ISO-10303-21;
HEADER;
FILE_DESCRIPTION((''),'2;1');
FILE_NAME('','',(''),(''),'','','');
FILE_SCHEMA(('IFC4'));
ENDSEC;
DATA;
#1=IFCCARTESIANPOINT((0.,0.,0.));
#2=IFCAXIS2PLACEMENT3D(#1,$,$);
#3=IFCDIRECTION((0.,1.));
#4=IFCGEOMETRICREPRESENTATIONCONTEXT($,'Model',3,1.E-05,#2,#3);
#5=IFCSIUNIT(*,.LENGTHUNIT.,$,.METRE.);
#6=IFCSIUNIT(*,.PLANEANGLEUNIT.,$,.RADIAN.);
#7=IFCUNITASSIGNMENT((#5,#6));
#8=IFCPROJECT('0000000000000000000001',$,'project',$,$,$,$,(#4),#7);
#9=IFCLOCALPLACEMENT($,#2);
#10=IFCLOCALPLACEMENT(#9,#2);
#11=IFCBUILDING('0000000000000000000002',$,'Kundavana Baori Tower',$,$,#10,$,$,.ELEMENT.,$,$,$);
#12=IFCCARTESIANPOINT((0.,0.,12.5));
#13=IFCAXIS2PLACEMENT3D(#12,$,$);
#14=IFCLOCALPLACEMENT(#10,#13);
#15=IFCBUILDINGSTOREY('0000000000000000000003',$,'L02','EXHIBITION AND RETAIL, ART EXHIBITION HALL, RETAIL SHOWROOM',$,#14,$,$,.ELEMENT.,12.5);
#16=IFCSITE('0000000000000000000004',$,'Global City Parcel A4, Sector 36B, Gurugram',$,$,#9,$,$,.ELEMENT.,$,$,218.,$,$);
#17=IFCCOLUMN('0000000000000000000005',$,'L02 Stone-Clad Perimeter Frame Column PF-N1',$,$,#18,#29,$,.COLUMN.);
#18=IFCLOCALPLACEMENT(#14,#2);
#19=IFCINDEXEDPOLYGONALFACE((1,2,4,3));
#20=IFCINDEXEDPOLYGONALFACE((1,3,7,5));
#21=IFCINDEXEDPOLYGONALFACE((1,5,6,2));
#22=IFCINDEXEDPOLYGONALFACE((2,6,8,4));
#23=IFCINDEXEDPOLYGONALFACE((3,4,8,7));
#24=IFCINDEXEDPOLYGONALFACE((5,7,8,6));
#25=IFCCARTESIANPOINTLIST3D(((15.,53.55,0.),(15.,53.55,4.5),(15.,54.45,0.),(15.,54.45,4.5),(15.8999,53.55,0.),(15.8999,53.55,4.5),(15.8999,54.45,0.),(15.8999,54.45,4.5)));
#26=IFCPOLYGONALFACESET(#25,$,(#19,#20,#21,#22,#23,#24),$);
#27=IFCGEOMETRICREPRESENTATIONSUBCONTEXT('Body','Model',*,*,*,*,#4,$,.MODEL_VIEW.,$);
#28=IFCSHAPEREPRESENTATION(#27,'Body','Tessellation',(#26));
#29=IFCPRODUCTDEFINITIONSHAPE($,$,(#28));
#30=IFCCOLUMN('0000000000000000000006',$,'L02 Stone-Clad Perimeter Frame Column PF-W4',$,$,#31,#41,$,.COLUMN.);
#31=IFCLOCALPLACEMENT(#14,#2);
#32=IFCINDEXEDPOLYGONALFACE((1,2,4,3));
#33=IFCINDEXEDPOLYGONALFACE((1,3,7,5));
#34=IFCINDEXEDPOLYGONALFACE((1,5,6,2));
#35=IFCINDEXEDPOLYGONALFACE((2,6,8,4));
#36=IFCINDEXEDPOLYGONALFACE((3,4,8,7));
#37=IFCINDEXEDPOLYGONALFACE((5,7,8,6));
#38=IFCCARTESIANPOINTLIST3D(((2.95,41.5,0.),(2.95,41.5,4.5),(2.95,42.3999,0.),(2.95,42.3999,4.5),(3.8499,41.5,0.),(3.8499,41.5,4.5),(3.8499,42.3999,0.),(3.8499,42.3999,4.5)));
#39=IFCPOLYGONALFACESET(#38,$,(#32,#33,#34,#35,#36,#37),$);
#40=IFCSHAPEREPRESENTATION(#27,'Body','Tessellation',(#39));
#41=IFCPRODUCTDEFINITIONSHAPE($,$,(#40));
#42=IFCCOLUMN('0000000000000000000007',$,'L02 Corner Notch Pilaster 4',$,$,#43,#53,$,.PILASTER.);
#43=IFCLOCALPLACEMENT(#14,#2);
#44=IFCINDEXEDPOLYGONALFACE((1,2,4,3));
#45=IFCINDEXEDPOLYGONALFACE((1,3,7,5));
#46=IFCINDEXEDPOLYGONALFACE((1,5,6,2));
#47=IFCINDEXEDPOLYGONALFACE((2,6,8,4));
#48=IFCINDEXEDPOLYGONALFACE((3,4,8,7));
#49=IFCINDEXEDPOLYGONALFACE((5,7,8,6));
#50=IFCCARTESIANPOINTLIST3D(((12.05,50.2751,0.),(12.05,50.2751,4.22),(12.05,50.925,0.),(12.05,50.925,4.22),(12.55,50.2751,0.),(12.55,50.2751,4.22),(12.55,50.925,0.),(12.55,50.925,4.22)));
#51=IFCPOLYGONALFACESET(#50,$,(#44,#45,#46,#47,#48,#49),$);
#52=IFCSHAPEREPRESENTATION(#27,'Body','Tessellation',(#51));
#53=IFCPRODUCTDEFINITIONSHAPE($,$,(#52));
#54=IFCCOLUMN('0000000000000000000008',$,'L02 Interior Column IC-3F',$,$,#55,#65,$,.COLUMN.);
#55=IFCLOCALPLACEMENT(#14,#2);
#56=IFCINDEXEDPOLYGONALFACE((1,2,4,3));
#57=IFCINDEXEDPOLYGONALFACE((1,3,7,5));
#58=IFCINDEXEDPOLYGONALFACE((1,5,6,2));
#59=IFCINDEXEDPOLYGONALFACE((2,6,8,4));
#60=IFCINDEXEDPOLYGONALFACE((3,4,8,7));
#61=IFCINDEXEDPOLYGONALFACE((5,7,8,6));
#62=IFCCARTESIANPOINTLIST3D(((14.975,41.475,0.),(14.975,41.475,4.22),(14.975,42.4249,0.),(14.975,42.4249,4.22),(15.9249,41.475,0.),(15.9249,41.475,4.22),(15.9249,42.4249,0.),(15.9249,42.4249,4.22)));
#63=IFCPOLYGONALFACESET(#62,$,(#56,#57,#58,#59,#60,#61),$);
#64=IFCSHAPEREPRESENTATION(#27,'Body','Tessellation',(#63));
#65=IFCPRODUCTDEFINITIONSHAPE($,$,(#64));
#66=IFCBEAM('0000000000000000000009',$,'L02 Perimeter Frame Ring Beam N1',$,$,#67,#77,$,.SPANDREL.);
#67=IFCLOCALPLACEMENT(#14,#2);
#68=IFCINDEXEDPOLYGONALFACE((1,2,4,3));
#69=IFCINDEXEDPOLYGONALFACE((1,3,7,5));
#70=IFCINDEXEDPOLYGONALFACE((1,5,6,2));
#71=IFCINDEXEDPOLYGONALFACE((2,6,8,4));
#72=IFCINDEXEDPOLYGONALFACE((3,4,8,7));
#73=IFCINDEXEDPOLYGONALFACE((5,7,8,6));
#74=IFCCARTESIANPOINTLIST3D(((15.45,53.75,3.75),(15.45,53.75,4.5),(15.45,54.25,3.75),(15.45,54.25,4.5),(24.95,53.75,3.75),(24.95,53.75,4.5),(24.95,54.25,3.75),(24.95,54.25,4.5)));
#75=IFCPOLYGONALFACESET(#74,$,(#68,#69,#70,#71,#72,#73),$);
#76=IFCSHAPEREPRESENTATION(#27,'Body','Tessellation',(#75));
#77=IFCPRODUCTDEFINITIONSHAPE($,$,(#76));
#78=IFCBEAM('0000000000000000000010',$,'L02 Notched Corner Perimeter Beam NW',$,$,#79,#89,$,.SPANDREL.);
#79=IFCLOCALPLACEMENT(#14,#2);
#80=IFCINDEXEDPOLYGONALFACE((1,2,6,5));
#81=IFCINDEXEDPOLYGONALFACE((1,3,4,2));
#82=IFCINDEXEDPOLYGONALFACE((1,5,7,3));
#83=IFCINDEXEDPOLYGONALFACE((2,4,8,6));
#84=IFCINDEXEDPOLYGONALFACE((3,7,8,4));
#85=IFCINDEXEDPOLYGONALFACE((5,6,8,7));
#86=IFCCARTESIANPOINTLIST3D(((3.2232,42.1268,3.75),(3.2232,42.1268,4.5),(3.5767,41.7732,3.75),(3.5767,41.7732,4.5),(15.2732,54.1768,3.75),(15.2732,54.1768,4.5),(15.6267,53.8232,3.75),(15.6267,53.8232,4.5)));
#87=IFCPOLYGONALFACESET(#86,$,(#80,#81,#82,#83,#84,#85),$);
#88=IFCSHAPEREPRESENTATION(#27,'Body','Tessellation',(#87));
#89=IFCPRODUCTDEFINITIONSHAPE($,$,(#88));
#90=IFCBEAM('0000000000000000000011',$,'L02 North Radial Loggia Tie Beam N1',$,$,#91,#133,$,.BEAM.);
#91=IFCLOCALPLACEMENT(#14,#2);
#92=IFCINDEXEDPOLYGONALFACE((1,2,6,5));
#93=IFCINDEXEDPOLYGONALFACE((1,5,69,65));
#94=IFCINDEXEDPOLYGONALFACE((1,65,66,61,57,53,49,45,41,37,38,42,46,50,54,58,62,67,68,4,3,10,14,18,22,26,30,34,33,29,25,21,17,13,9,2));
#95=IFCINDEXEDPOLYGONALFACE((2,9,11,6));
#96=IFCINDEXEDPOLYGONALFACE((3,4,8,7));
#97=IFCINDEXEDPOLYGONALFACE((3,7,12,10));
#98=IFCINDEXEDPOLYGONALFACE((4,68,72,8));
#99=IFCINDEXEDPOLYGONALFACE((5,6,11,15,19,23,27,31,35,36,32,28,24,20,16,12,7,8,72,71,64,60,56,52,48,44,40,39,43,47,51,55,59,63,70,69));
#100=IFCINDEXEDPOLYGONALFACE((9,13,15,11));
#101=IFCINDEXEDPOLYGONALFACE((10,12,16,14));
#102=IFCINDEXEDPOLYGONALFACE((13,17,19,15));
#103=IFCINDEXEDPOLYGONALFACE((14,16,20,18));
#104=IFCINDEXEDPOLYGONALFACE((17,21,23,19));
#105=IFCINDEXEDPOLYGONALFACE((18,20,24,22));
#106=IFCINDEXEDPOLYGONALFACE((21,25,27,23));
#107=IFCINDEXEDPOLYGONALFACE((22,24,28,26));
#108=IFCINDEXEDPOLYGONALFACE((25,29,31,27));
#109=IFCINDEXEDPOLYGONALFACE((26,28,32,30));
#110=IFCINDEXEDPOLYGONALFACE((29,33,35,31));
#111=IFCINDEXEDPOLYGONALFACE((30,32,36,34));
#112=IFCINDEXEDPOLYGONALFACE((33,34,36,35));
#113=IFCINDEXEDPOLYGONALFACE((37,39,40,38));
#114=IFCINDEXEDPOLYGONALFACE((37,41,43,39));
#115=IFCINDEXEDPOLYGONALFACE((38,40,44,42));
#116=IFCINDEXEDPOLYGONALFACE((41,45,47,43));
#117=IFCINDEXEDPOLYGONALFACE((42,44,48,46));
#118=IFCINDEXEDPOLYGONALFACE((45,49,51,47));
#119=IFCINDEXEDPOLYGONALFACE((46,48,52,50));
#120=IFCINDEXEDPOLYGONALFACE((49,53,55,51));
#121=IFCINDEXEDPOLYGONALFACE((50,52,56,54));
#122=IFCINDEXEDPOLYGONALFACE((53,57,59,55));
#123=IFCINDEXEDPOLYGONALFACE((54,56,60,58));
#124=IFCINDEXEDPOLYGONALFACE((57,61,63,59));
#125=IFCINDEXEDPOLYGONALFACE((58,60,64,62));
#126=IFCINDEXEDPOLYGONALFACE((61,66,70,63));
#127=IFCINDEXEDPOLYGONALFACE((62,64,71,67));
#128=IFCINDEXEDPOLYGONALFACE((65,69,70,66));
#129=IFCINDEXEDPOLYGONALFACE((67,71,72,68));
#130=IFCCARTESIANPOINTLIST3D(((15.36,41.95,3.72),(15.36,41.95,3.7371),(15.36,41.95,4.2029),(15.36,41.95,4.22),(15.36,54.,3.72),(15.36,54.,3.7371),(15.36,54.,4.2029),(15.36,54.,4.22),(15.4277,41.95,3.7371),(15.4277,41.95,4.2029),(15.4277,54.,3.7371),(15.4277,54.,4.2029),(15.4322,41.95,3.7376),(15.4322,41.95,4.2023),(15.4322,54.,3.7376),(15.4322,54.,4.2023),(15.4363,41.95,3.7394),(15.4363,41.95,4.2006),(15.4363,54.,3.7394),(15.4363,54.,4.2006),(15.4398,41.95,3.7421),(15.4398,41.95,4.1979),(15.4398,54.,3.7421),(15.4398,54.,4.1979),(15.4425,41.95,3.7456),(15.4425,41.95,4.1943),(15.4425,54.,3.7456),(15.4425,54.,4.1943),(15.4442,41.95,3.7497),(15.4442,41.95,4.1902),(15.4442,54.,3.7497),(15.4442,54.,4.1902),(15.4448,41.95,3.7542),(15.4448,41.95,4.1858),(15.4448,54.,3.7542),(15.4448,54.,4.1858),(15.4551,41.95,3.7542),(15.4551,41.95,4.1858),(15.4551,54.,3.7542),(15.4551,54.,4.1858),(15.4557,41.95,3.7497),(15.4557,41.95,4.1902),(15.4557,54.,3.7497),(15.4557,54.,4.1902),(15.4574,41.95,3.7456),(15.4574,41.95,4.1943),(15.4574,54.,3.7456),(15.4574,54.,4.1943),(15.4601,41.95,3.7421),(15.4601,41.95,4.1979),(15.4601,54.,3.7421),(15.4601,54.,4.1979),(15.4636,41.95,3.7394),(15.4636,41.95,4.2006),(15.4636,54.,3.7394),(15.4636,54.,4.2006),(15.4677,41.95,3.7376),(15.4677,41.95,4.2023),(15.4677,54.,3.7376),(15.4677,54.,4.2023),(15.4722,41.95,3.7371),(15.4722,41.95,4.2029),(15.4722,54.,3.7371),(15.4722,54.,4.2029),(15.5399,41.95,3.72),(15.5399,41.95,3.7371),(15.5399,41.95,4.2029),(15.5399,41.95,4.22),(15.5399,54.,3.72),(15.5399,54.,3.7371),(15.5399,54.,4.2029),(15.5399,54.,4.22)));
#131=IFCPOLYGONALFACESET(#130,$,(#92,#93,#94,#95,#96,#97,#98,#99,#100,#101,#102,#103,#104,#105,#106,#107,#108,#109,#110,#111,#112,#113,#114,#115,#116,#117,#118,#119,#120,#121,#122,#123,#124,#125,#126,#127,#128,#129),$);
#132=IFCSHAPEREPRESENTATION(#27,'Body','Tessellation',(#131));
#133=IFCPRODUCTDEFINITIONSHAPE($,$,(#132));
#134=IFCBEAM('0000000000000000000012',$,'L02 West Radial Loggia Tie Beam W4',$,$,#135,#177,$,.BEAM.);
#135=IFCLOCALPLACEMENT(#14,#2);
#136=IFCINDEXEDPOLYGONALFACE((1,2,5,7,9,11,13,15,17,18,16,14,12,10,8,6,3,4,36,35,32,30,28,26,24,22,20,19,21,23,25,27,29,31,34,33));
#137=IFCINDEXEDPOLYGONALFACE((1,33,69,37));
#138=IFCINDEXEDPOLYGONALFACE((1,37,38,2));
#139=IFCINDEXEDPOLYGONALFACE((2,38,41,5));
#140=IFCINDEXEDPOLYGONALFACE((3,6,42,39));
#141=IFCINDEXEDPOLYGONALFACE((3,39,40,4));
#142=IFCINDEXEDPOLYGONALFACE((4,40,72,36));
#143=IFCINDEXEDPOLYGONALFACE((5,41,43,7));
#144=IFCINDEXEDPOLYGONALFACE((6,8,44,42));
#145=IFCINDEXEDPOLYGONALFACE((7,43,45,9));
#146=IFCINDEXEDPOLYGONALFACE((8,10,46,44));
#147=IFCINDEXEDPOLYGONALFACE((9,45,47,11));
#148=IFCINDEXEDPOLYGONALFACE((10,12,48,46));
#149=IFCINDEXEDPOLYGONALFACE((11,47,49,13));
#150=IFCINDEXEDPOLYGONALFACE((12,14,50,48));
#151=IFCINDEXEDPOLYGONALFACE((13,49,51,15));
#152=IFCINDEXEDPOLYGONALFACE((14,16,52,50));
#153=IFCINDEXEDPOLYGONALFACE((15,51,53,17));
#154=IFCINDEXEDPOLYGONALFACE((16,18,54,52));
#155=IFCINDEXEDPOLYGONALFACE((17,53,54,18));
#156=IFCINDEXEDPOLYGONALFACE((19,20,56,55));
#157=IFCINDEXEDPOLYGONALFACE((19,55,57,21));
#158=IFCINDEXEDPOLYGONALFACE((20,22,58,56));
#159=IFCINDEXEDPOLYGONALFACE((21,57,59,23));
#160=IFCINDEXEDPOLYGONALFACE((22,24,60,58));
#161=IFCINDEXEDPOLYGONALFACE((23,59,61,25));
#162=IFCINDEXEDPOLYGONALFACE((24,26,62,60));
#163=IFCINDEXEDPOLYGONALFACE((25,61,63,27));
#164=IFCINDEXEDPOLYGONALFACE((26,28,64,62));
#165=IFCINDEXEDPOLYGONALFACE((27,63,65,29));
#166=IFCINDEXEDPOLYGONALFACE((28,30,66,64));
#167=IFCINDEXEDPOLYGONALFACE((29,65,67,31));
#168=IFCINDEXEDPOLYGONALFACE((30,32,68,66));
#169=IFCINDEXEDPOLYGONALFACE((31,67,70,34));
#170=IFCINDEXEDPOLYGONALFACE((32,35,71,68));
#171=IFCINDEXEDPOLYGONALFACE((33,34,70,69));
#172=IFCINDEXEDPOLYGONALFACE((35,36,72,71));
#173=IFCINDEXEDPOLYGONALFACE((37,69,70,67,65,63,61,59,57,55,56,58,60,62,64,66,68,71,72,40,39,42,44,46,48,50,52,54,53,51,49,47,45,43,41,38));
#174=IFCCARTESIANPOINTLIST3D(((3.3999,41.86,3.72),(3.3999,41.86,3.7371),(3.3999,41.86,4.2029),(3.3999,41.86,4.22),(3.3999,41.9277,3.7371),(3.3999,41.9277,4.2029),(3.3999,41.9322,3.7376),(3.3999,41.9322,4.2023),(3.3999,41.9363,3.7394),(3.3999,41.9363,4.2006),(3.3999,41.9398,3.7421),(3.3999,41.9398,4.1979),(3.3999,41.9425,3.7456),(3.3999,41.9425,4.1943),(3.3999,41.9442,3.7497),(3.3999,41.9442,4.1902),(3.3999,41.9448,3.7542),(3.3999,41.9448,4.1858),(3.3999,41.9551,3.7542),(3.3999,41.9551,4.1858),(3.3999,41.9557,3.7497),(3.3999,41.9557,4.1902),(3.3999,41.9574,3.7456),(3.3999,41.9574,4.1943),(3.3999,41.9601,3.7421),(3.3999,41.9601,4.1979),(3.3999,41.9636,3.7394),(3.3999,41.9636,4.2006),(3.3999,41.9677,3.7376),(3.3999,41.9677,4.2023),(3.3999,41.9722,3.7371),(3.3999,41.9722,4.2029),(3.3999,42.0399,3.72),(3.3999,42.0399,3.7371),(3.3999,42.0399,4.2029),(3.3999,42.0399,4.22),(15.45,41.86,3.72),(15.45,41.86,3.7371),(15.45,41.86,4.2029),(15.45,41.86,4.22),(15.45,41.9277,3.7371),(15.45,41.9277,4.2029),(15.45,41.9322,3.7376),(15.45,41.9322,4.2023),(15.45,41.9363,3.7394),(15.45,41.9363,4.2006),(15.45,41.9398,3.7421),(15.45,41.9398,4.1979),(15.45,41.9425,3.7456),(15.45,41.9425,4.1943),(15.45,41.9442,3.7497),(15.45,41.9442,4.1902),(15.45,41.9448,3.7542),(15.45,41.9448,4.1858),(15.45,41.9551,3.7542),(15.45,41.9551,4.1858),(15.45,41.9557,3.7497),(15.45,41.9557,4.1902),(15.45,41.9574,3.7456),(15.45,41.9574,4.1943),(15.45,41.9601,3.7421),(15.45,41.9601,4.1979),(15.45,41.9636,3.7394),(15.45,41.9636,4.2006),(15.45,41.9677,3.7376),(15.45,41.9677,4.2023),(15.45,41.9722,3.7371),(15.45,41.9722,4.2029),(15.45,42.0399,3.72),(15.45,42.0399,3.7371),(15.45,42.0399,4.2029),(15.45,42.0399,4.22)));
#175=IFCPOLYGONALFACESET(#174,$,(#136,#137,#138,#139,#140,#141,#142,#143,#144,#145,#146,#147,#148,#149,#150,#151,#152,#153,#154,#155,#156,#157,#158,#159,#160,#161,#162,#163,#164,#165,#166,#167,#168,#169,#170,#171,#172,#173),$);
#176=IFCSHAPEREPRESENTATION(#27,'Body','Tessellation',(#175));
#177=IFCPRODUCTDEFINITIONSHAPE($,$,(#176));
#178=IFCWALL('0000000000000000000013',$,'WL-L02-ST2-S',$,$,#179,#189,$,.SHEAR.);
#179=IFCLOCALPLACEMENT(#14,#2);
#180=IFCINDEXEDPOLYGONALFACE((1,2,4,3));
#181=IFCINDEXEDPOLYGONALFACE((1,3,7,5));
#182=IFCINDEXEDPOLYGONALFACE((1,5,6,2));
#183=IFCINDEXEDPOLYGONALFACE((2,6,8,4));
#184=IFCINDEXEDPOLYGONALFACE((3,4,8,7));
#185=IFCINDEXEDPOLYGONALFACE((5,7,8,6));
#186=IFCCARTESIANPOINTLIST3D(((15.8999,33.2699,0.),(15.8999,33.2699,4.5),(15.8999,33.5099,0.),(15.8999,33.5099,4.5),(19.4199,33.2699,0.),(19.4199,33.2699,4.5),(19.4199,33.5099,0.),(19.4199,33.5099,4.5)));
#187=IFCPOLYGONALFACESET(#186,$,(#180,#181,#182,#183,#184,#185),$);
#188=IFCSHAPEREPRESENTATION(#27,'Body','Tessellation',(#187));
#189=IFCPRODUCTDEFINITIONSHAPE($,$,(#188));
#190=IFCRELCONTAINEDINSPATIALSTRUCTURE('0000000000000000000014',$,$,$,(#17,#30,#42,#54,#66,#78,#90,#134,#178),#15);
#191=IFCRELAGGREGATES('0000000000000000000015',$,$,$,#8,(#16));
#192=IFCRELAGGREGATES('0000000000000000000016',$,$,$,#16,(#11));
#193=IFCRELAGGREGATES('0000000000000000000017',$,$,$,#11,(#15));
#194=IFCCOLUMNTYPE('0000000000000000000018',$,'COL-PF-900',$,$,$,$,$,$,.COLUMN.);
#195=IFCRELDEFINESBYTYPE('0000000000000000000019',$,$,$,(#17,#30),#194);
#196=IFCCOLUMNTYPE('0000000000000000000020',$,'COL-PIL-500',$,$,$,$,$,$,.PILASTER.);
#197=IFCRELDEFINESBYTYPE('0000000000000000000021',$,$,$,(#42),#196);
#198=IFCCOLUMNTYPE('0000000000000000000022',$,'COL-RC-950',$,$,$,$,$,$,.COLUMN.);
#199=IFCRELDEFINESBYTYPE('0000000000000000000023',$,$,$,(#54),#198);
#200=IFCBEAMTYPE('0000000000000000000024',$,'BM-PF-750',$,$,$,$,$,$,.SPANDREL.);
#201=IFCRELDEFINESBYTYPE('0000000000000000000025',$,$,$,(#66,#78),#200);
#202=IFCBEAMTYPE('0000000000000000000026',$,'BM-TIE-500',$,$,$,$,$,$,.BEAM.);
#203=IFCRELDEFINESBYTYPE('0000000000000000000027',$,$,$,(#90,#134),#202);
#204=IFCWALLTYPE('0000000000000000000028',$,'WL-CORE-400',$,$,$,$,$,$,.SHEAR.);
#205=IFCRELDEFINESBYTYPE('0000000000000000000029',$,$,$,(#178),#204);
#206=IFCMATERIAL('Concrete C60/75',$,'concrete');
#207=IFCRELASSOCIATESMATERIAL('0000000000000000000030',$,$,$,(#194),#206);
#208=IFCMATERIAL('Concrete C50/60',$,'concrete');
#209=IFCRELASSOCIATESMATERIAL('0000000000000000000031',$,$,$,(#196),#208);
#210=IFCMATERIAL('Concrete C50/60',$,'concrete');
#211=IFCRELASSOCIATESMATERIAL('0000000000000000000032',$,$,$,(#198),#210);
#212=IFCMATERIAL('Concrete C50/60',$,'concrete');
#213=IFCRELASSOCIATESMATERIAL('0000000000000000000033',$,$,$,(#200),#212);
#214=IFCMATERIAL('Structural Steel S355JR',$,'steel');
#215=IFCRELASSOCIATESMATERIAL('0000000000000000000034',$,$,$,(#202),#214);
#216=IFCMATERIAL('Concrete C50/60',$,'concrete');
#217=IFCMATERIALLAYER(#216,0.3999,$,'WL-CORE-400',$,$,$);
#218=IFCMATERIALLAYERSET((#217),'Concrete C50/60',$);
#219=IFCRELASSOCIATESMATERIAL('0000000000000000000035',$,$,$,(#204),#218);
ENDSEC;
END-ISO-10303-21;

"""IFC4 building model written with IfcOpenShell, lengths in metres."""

from ifc_helpers import new_model, si_unit, direction, frame, frame_2d, origin, origin_2d, place, context, subcontext, project, spatial, rectangle, i_section, extrude, material, layer, layer_set, material_profile, profile_set, type_object, element, save


model = new_model("IFC4")

# Units and contexts
model_context = context("Model", 3, precision=1e-05, world=origin(), true_north=direction((0.0, 1.0)))
body_context = subcontext(model_context, "Body", "Model", "MODEL_VIEW")
ifc_project = project(units=[si_unit("LENGTHUNIT", "METRE"), si_unit("PLANEANGLEUNIT", "RADIAN")], contexts=[model_context])

# Site, building, storey
site_placement = place(None, origin())
site = spatial("IfcSite", under=ifc_project, at=site_placement, Name="Global City Parcel A4, Sector 36B, Gurugram", CompositionType="ELEMENT", RefElevation=218.0)
building_placement = place(site_placement, origin())
building = spatial("IfcBuilding", under=site, at=building_placement, Name="Kundavana Baori Tower", CompositionType="ELEMENT")
storey_placement = place(building_placement, frame((0.0, 0.0, 12.5)))
storey = spatial("IfcBuildingStorey", under=building, at=storey_placement, Name="L02", Description="EXHIBITION AND RETAIL, ART EXHIBITION HALL, RETAIL SHOWROOM", CompositionType="ELEMENT", Elevation=12.5)

# Columns
ifc_material_1 = material(Name="Concrete C60/75", Category="concrete")
ifc_material_profile_1 = material_profile(ifc_material_1, rectangle(XDim=0.8999, YDim=0.8999, at=origin_2d()), Name="RC PF 900x900")
ifc_profile_set_1 = profile_set([ifc_material_profile_1], Name="Concrete C60/75")
column_type_1 = type_object("IfcColumnType", Name="COL-PF-900", PredefinedType="COLUMN", material=ifc_profile_set_1)
for number, where, z_axis, x_axis, name in (
    (1, (15.45, 54.0, 0.0), (0.0, 0.0, 1.0), (1.0, 0.0, 0.0), "L02 Stone-Clad Perimeter Frame Column PF-N1"),
    (2, (3.3999, 41.95, 0.0), (0.0, 0.0, 1.0), (1.0, 0.0, 0.0), "L02 Stone-Clad Perimeter Frame Column PF-W4"),
):
    element("IfcColumn", number, at=place(storey_placement, frame(where, z_axis=z_axis, x_axis=x_axis)), inside=storey, type_object=column_type_1, Name=name, PredefinedType="COLUMN", context=body_context, shape_type="SweptSolid", body=[
        extrude(rectangle(XDim=0.8999, YDim=0.8999, at=origin_2d()), origin(), (0.0, 0.0, 1.0), 4.5),
    ])
ifc_material_2 = material(Name="Concrete C50/60", Category="concrete")
ifc_material_profile_2 = material_profile(ifc_material_2, rectangle(XDim=0.5, YDim=0.6499, at=origin_2d()), Name="RC PIL 500x650")
ifc_profile_set_2 = profile_set([ifc_material_profile_2], Name="Concrete C50/60")
column_type_2 = type_object("IfcColumnType", Name="COL-PIL-500", PredefinedType="PILASTER", material=ifc_profile_set_2)
column_1_placement = place(storey_placement, frame((12.3, 50.6001, 0.0), z_axis=(0.0, 0.0, 1.0), x_axis=(1.0, 0.0, 0.0)))
element("IfcColumn", 3, at=column_1_placement, inside=storey, type_object=column_type_2, Name="L02 Corner Notch Pilaster 4", PredefinedType="PILASTER", context=body_context, shape_type="SweptSolid", body=[
    extrude(rectangle(XDim=0.5, YDim=0.6499, at=origin_2d()), origin(), (0.0, 0.0, 1.0), 4.22),
])
ifc_material_3 = material(Name="Concrete C50/60", Category="concrete")
ifc_material_profile_3 = material_profile(ifc_material_3, rectangle(XDim=0.95, YDim=0.95, at=origin_2d()), Name="RC 950x950")
ifc_profile_set_3 = profile_set([ifc_material_profile_3], Name="Concrete C50/60")
column_type_3 = type_object("IfcColumnType", Name="COL-RC-950", PredefinedType="COLUMN", material=ifc_profile_set_3)
column_2_placement = place(storey_placement, frame((15.45, 41.95, 0.0), z_axis=(0.0, 0.0, 1.0), x_axis=(1.0, 0.0, 0.0)))
element("IfcColumn", 4, at=column_2_placement, inside=storey, type_object=column_type_3, Name="L02 Interior Column IC-3F", PredefinedType="COLUMN", context=body_context, shape_type="SweptSolid", body=[
    extrude(rectangle(XDim=0.95, YDim=0.95, at=origin_2d()), origin(), (0.0, 0.0, 1.0), 4.22),
])

# Beams
ifc_material_4 = material(Name="Concrete C50/60", Category="concrete")
ifc_material_profile_4 = material_profile(ifc_material_4, rectangle(XDim=0.5, YDim=0.75, at=origin_2d()), Name="RC BM 500x750")
ifc_profile_set_4 = profile_set([ifc_material_profile_4], Name="Concrete C50/60")
beam_type_1 = type_object("IfcBeamType", Name="BM-PF-750", PredefinedType="SPANDREL", material=ifc_profile_set_4)
beam_1_placement = place(storey_placement, frame((15.45, 54.0, 4.125), z_axis=(1.0, 0.0, 0.0), x_axis=(0.0, 1.0, 0.0)))
element("IfcBeam", 5, at=beam_1_placement, inside=storey, type_object=beam_type_1, Name="L02 Perimeter Frame Ring Beam N1", PredefinedType="SPANDREL", context=body_context, shape_type="SweptSolid", body=[
    extrude(rectangle(XDim=0.5, YDim=0.75, at=origin_2d()), origin(), (0.0, 0.0, 1.0), 9.5),
])
beam_2_placement = place(storey_placement, frame((15.45, 54.0, 4.125), z_axis=(-0.707107, -0.707107, 0.0), x_axis=(0.707107, -0.707107, 0.0)))
element("IfcBeam", 6, at=beam_2_placement, inside=storey, type_object=beam_type_1, Name="L02 Notched Corner Perimeter Beam NW", PredefinedType="SPANDREL", context=body_context, shape_type="SweptSolid", body=[
    extrude(rectangle(XDim=0.5, YDim=0.75, at=origin_2d()), origin(), (0.0, 0.0, 1.0), 17.0413),
])
ifc_material_5 = material(Name="Structural Steel S355JR", Category="steel")
ifc_material_profile_5 = material_profile(ifc_material_5, i_section(OverallWidth=0.1799, OverallDepth=0.5, WebThickness=0.0103, FlangeThickness=0.0171, FilletRadius=0.0171, at=origin_2d()), Name="ISMB 500")
ifc_profile_set_5 = profile_set([ifc_material_profile_5], Name="Structural Steel S355JR")
beam_type_2 = type_object("IfcBeamType", Name="BM-TIE-500", PredefinedType="BEAM", material=ifc_profile_set_5)
for number, where, z_axis, x_axis, name in (
    (7, (15.45, 41.95, 3.97), (0.0, 1.0, 0.0), (-1.0, 0.0, 0.0), "L02 North Radial Loggia Tie Beam N1"),
    (8, (15.45, 41.95, 3.97), (-1.0, 0.0, 0.0), (0.0, -1.0, 0.0), "L02 West Radial Loggia Tie Beam W4"),
):
    element("IfcBeam", number, at=place(storey_placement, frame(where, z_axis=z_axis, x_axis=x_axis)), inside=storey, type_object=beam_type_2, Name=name, PredefinedType="BEAM", context=body_context, shape_type="SweptSolid", body=[
        extrude(i_section(OverallWidth=0.1799, OverallDepth=0.5, WebThickness=0.0103, FlangeThickness=0.0171, FilletRadius=0.0171, at=origin_2d()), origin(), (0.0, 0.0, 1.0), 12.05),
    ])

# Wall
ifc_material_6 = material(Name="Concrete C50/60", Category="concrete")
ifc_layer_1 = layer(ifc_material_6, 0.3999, Name="WL-CORE-400")
ifc_layer_set_1 = layer_set([ifc_layer_1], Name="Concrete C50/60")
wall_type_1 = type_object("IfcWallType", Name="WL-CORE-400", PredefinedType="SHEAR", material=ifc_layer_set_1)
wall_1_placement = place(storey_placement, frame((15.8999, 33.3899, 0.0), z_axis=(0.0, 0.0, 1.0), x_axis=(1.0, 0.0, 0.0)))
element("IfcWall", 9, at=wall_1_placement, inside=storey, type_object=wall_type_1, Name="WL-L02-ST2-S", PredefinedType="SHEAR", context=body_context, shape_type="SweptSolid", body=[
    extrude(rectangle(XDim=3.52, YDim=0.24, at=frame_2d((1.76, 0.0))), origin(), (0.0, 0.0, 1.0), 4.5),
])

save(model, "model.ifc")
